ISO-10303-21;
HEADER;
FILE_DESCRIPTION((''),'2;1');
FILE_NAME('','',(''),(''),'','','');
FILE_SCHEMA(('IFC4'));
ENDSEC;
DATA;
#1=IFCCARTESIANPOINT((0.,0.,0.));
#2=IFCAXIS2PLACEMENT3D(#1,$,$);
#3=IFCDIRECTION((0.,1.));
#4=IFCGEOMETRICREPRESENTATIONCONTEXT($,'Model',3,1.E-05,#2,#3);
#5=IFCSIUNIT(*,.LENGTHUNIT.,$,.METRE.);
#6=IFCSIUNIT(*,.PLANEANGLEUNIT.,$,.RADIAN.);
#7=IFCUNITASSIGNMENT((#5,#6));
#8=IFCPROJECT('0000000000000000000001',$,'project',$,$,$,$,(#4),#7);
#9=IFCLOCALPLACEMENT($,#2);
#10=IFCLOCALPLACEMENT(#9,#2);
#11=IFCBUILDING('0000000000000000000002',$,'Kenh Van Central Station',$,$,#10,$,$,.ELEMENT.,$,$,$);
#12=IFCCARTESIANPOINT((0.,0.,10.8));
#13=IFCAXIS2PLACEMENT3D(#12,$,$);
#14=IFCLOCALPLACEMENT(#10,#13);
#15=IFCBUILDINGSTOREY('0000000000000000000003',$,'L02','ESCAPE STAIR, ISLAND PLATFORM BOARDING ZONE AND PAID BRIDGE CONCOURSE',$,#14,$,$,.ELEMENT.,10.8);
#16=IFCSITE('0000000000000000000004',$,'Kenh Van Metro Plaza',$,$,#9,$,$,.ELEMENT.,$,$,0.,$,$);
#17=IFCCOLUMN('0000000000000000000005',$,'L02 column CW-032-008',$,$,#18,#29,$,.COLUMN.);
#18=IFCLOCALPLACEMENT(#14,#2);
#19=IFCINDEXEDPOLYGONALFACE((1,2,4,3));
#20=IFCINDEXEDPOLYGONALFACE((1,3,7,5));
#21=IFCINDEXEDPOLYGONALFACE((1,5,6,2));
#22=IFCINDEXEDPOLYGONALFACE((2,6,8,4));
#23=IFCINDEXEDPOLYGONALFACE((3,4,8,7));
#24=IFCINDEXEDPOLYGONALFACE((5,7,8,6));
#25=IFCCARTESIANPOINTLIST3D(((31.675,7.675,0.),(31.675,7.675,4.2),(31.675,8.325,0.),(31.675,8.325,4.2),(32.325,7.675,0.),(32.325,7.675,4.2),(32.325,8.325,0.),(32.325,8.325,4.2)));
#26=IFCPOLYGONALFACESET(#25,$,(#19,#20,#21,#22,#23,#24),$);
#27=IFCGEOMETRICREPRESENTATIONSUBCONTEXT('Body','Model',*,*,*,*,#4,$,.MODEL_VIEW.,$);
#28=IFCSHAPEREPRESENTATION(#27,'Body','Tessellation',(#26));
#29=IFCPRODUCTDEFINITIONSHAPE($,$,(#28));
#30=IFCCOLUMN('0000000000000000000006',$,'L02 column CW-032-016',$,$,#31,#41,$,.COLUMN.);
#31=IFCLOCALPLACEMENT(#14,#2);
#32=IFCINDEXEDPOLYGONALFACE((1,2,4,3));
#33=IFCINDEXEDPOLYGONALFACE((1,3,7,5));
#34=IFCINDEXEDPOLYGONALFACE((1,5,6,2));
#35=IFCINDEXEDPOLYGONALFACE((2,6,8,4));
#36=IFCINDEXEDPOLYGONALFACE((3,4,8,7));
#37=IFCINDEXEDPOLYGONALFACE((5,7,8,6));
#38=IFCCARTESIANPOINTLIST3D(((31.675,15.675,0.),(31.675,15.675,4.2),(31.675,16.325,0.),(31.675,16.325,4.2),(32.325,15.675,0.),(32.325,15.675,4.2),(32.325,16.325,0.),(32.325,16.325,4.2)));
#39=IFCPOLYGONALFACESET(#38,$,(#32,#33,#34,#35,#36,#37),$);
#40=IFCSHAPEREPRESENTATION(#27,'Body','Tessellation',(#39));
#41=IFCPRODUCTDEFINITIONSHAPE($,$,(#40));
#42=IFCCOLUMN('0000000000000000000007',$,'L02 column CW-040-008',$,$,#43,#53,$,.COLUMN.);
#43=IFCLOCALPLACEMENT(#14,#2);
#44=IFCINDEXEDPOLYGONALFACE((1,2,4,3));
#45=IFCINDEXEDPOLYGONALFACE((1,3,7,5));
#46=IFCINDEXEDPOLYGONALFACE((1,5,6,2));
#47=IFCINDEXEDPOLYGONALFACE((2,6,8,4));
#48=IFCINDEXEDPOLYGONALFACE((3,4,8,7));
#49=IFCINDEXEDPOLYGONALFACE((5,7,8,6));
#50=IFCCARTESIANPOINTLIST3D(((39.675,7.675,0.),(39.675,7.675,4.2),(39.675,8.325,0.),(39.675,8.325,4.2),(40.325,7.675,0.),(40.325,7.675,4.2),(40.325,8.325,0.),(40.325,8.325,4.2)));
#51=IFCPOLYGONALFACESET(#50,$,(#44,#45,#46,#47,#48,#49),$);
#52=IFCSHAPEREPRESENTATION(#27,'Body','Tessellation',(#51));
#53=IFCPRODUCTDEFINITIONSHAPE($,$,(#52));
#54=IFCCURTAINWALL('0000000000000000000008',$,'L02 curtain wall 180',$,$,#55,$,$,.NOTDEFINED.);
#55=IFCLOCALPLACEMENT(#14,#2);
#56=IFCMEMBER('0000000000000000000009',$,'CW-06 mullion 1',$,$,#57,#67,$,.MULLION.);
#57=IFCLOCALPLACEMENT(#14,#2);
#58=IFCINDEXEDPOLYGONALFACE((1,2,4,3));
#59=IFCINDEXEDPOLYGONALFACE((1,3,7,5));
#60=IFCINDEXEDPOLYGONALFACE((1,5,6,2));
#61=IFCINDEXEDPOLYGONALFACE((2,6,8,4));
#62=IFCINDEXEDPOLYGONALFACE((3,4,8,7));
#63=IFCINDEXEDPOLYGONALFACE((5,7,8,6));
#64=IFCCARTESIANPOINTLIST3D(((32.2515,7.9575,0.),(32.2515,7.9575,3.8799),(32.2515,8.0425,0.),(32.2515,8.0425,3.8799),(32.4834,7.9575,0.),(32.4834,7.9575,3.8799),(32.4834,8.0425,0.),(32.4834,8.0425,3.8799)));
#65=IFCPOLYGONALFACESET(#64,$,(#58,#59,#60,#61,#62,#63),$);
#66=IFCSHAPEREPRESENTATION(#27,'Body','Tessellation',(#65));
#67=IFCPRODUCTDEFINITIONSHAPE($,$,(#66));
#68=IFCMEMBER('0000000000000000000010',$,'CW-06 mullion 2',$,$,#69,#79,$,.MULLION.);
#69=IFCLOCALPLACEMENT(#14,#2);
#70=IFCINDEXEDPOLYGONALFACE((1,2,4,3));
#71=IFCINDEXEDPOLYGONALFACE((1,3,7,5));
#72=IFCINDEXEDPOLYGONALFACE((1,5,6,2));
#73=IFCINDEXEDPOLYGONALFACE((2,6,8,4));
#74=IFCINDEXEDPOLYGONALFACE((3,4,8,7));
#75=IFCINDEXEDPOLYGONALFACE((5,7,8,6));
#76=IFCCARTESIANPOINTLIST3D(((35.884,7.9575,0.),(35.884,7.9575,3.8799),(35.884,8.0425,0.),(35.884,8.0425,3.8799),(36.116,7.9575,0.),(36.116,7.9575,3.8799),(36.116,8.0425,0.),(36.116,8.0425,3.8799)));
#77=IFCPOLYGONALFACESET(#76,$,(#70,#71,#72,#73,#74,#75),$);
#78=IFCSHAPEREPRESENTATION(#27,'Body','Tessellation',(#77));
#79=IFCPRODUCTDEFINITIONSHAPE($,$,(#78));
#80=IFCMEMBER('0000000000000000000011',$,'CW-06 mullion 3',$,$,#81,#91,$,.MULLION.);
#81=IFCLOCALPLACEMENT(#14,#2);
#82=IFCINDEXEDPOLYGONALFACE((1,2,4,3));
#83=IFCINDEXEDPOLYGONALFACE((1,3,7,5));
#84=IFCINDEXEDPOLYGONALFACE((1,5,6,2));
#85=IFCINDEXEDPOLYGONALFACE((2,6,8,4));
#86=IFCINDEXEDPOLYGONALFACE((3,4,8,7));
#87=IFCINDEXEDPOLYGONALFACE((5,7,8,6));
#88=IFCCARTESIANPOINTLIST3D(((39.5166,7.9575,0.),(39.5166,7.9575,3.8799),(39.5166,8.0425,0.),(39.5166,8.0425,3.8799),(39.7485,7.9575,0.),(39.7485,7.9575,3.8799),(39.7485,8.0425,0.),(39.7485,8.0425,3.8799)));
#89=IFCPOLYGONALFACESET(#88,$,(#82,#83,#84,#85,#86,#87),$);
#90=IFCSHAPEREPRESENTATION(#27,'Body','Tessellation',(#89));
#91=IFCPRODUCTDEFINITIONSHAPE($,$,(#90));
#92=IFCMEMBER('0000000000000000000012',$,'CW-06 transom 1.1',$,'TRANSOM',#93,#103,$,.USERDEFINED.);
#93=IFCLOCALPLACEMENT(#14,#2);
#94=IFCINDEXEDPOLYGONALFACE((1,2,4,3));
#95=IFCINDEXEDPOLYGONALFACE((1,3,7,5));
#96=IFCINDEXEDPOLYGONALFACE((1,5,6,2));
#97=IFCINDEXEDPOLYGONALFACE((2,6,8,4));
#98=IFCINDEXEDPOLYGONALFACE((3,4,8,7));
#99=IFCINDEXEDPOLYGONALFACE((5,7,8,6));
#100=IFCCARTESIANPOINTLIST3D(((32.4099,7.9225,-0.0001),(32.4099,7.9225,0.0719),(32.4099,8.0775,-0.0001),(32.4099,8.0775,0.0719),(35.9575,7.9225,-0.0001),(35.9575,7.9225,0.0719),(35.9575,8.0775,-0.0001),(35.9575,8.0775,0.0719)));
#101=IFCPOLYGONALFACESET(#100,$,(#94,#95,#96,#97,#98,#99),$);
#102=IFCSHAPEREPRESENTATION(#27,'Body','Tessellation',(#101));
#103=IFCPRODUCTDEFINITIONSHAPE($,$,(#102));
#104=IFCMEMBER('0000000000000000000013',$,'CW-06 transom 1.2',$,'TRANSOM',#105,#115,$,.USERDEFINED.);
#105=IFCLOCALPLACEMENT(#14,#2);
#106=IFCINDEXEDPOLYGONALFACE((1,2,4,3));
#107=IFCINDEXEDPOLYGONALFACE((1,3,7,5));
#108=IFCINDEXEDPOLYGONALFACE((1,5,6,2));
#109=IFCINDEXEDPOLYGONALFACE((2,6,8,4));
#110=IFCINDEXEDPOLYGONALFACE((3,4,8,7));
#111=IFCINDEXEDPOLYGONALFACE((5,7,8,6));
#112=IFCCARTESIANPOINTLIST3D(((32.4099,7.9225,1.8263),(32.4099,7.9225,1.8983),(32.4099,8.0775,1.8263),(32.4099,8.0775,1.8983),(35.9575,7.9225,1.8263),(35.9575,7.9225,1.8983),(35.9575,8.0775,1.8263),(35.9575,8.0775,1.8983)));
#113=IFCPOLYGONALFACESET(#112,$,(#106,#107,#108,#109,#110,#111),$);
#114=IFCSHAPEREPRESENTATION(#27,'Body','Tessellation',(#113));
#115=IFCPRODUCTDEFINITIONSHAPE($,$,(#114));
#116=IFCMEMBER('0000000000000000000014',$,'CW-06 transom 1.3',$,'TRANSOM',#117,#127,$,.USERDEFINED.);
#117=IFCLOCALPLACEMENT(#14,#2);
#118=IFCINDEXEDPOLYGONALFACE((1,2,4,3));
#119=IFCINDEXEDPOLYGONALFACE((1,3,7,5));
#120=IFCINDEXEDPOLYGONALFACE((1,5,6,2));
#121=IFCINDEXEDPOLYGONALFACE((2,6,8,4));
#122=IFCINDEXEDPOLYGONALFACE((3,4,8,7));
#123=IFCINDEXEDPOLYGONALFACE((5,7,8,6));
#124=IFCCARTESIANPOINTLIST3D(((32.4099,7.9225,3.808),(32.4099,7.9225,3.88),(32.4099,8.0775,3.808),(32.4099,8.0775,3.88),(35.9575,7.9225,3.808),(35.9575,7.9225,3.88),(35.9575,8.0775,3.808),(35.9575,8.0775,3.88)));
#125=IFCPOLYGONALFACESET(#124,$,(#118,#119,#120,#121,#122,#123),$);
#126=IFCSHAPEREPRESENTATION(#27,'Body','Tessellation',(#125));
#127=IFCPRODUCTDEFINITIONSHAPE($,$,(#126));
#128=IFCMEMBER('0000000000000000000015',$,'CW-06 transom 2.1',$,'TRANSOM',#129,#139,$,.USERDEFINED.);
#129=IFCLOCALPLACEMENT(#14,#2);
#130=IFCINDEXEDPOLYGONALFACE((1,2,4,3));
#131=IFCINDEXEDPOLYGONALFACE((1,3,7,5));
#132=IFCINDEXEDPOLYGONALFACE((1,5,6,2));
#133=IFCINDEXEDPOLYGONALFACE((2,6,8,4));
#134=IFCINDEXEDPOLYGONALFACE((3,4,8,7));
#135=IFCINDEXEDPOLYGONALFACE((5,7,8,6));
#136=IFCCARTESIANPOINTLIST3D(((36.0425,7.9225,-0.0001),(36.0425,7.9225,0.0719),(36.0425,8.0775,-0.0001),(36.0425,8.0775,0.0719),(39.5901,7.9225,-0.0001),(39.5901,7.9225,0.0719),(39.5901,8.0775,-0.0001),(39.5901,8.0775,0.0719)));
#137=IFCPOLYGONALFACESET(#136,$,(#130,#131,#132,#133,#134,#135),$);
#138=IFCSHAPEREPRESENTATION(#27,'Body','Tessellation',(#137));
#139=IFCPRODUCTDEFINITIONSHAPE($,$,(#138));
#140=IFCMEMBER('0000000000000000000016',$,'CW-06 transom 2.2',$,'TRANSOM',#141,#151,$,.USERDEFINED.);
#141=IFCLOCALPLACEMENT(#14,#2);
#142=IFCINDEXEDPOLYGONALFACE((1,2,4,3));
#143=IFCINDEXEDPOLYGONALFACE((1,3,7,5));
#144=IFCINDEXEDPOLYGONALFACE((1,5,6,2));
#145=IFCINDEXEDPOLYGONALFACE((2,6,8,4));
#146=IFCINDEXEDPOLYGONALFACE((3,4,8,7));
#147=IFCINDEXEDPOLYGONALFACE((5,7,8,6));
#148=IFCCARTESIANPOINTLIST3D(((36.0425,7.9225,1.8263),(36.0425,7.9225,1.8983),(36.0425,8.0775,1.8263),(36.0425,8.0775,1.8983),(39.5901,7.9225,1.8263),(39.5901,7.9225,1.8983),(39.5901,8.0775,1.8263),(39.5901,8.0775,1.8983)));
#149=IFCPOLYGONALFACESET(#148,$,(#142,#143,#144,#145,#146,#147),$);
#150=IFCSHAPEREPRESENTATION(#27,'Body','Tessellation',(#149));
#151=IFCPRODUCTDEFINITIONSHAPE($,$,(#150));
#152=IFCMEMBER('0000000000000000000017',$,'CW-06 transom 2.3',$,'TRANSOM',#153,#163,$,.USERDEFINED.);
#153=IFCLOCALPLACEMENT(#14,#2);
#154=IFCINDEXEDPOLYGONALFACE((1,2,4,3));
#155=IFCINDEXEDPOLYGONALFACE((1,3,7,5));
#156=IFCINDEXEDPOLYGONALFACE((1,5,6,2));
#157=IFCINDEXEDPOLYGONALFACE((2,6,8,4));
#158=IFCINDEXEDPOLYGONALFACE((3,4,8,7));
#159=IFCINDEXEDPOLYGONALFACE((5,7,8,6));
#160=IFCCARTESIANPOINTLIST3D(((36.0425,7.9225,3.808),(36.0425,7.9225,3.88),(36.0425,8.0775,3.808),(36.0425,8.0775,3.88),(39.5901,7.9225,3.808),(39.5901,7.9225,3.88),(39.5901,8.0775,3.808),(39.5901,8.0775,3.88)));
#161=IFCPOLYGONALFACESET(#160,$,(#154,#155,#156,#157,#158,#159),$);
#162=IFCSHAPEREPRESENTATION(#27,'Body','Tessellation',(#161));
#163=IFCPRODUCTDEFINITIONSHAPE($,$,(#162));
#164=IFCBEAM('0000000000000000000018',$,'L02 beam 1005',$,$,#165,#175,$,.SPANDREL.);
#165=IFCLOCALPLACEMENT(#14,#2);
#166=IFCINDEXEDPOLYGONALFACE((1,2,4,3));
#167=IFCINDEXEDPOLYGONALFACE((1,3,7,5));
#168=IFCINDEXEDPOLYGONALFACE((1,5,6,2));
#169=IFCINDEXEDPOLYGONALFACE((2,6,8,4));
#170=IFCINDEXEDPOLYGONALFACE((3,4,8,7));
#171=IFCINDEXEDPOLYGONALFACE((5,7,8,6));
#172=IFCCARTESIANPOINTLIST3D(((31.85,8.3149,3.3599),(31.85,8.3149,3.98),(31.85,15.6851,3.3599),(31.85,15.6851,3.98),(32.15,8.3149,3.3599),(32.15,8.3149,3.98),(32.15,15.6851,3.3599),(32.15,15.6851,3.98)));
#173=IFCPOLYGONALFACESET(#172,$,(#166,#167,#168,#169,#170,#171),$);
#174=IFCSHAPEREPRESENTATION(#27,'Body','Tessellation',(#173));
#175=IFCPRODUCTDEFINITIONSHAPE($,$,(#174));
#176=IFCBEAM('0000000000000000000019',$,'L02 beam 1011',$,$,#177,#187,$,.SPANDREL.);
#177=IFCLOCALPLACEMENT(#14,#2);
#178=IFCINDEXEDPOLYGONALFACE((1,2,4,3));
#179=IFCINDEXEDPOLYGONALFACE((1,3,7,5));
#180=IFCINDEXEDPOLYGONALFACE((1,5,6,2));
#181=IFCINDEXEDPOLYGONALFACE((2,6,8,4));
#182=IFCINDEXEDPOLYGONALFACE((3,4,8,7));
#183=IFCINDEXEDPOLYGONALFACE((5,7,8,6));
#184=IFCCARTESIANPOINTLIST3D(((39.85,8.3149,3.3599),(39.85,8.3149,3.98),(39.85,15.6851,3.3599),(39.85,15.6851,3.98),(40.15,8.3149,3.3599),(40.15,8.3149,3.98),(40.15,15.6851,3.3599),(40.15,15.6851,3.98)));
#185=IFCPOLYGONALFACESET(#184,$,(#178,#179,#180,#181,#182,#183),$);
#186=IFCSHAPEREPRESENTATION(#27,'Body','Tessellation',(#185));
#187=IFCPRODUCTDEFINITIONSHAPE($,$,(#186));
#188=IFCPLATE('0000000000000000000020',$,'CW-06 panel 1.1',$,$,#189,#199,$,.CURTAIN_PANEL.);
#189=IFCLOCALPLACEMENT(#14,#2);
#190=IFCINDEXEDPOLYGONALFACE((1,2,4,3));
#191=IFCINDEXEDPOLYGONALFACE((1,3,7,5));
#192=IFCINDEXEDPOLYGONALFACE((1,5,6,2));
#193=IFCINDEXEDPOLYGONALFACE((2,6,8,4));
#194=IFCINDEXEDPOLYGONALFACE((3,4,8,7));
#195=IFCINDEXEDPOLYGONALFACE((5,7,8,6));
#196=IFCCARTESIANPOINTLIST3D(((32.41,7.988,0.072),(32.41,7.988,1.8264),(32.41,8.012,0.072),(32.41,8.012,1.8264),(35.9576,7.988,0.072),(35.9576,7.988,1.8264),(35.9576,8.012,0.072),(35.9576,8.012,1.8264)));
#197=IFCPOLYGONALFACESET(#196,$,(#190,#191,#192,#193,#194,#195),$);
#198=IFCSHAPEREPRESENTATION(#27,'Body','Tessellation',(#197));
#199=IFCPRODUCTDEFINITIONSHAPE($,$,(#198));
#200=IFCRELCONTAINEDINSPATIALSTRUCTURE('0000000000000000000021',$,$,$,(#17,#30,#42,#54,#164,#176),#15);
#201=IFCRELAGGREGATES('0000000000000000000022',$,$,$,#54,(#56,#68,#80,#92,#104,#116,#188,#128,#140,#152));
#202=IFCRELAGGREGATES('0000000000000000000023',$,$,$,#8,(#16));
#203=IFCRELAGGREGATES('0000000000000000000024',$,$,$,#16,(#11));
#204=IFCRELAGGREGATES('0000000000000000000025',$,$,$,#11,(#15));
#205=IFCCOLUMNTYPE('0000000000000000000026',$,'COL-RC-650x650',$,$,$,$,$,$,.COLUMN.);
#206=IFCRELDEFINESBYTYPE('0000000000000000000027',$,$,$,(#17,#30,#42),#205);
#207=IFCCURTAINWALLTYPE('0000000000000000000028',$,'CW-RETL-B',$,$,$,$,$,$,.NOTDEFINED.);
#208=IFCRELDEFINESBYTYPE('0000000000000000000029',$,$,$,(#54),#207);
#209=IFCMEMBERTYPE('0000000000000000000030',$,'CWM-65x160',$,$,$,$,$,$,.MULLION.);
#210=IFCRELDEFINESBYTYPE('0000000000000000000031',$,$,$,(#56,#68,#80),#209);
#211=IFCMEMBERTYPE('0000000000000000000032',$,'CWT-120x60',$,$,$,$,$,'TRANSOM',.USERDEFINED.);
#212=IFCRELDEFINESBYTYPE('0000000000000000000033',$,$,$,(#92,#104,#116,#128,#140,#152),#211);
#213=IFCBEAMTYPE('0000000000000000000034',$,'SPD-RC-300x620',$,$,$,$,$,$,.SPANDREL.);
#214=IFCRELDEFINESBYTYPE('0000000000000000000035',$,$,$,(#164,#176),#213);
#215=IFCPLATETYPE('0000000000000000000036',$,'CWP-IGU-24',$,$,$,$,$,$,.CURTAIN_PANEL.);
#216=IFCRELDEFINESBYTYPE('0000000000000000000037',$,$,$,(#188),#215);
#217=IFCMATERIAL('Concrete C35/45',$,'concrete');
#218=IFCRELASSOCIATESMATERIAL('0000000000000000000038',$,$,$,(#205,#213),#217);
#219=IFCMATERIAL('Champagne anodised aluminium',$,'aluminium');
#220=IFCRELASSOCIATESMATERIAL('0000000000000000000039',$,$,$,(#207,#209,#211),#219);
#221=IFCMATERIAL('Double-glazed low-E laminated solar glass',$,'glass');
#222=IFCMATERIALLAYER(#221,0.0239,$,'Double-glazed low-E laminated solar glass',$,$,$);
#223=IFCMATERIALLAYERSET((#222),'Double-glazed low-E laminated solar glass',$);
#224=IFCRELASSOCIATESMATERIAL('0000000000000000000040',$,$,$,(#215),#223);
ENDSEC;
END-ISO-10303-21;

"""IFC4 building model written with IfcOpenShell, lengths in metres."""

from ifc_helpers import new_model, si_unit, direction, frame, origin, origin_2d, place, context, subcontext, project, spatial, rectangle, extrude, material, layer, layer_set, material_profile, profile_set, type_object, element, aggregate, save


model = new_model("IFC4")

# Units and contexts
model_context = context("Model", 3, precision=1e-05, world=origin(), true_north=direction((0.0, 1.0)))
body_context = subcontext(model_context, "Body", "Model", "MODEL_VIEW")
ifc_project = project(units=[si_unit("LENGTHUNIT", "METRE"), si_unit("PLANEANGLEUNIT", "RADIAN")], contexts=[model_context])

# Site, building, storey
site_placement = place(None, origin())
site = spatial("IfcSite", under=ifc_project, at=site_placement, Name="Kenh Van Metro Plaza", CompositionType="ELEMENT", RefElevation=0.0)
building_placement = place(site_placement, origin())
building = spatial("IfcBuilding", under=site, at=building_placement, Name="Kenh Van Central Station", CompositionType="ELEMENT")
storey_placement = place(building_placement, frame((0.0, 0.0, 10.8)))
storey = spatial("IfcBuildingStorey", under=building, at=storey_placement, Name="L02", Description="ESCAPE STAIR, ISLAND PLATFORM BOARDING ZONE AND PAID BRIDGE CONCOURSE", CompositionType="ELEMENT", Elevation=10.8)

# Columns
ifc_material_1 = material(Name="Concrete C35/45", Category="concrete")
ifc_material_profile_1 = material_profile(ifc_material_1, rectangle(XDim=0.6499, YDim=0.6499, at=origin_2d()), Name="RC 650x650")
ifc_profile_set_1 = profile_set([ifc_material_profile_1], Name="Concrete C35/45")
column_type = type_object("IfcColumnType", Name="COL-RC-650x650", PredefinedType="COLUMN", material=ifc_profile_set_1)
for number, where, z_axis, x_axis, name in (
    (1, (32.0, 8.0, 0.0), (0.0, 0.0, 1.0), (1.0, 0.0, 0.0), "L02 column CW-032-008"),
    (2, (32.0, 16.0, 0.0), (0.0, 0.0, 1.0), (1.0, 0.0, 0.0), "L02 column CW-032-016"),
    (3, (40.0, 8.0, 0.0), (0.0, 0.0, 1.0), (1.0, 0.0, 0.0), "L02 column CW-040-008"),
):
    element("IfcColumn", number, at=place(storey_placement, frame(where, z_axis=z_axis, x_axis=x_axis)), inside=storey, type_object=column_type, Name=name, PredefinedType="COLUMN", context=body_context, shape_type="SweptSolid", body=[
        extrude(rectangle(XDim=0.6499, YDim=0.6499, at=origin_2d()), origin(), (0.0, 0.0, 1.0), 4.2),
    ])

# Curtain wall, members
ifc_material_2 = material(Name="Champagne anodised aluminium", Category="aluminium")
curtain_wall_type = type_object("IfcCurtainWallType", Name="CW-RETL-B", PredefinedType="NOTDEFINED", material=ifc_material_2)
curtain_wall_placement = place(storey_placement, origin())
curtain_wall = element("IfcCurtainWall", 4, at=curtain_wall_placement, inside=storey, type_object=curtain_wall_type, Name="L02 curtain wall 180", PredefinedType="NOTDEFINED")
ifc_material_profile_2 = material_profile(ifc_material_2, rectangle(XDim=0.085, YDim=0.2319, at=origin_2d()), Name="AL 85x232")
ifc_profile_set_2 = profile_set([ifc_material_profile_2], Name="Champagne anodised aluminium")
member_type_1 = type_object("IfcMemberType", Name="CWM-65x160", PredefinedType="MULLION", material=ifc_profile_set_2)
member_1_placement = place(storey_placement, frame((32.3674, 8.0, 0.0), z_axis=(0.0, 0.0, 1.0), x_axis=(0.0, 1.0, 0.0)))
member_1 = element("IfcMember", 5, at=member_1_placement, type_object=member_type_1, Name="CW-06 mullion 1", PredefinedType="MULLION", context=body_context, shape_type="SweptSolid", body=[
    extrude(rectangle(XDim=0.085, YDim=0.2319, at=origin_2d()), origin(), (0.0, 0.0, 1.0), 3.8799),
])
member_2_placement = place(storey_placement, frame((36.0, 8.0, 0.0), z_axis=(0.0, 0.0, 1.0), x_axis=(0.0, 1.0, 0.0)))
member_2 = element("IfcMember", 6, at=member_2_placement, type_object=member_type_1, Name="CW-06 mullion 2", PredefinedType="MULLION", context=body_context, shape_type="SweptSolid", body=[
    extrude(rectangle(XDim=0.085, YDim=0.2319, at=origin_2d()), origin(), (0.0, 0.0, 1.0), 3.8799),
])
member_3_placement = place(storey_placement, frame((39.6326, 8.0, 0.0), z_axis=(0.0, 0.0, 1.0), x_axis=(0.0, 1.0, 0.0)))
member_3 = element("IfcMember", 7, at=member_3_placement, type_object=member_type_1, Name="CW-06 mullion 3", PredefinedType="MULLION", context=body_context, shape_type="SweptSolid", body=[
    extrude(rectangle(XDim=0.085, YDim=0.2319, at=origin_2d()), origin(), (0.0, 0.0, 1.0), 3.8799),
])
ifc_material_profile_3 = material_profile(ifc_material_2, rectangle(XDim=0.155, YDim=0.072, at=origin_2d()), Name="AL 155x72")
ifc_profile_set_3 = profile_set([ifc_material_profile_3], Name="Champagne anodised aluminium")
member_type_2 = type_object("IfcMemberType", Name="CWT-120x60", ElementType="TRANSOM", PredefinedType="USERDEFINED", material=ifc_profile_set_3)
member_4_placement = place(storey_placement, frame((32.4099, 8.0, 0.0359), z_axis=(1.0, 0.0, 0.0), x_axis=(0.0, 1.0, 0.0)))
member_4 = element("IfcMember", 8, at=member_4_placement, type_object=member_type_2, Name="CW-06 transom 1.1", ObjectType="TRANSOM", PredefinedType="USERDEFINED", context=body_context, shape_type="SweptSolid", body=[
    extrude(rectangle(XDim=0.155, YDim=0.072, at=origin_2d()), origin(), (0.0, 0.0, 1.0), 3.5476),
])
member_5_placement = place(storey_placement, frame((32.4099, 8.0, 1.8623), z_axis=(1.0, 0.0, 0.0), x_axis=(0.0, 1.0, 0.0)))
member_5 = element("IfcMember", 9, at=member_5_placement, type_object=member_type_2, Name="CW-06 transom 1.2", ObjectType="TRANSOM", PredefinedType="USERDEFINED", context=body_context, shape_type="SweptSolid", body=[
    extrude(rectangle(XDim=0.155, YDim=0.072, at=origin_2d()), origin(), (0.0, 0.0, 1.0), 3.5476),
])
member_6_placement = place(storey_placement, frame((32.4099, 8.0, 3.844), z_axis=(1.0, 0.0, 0.0), x_axis=(0.0, 1.0, 0.0)))
member_6 = element("IfcMember", 10, at=member_6_placement, type_object=member_type_2, Name="CW-06 transom 1.3", ObjectType="TRANSOM", PredefinedType="USERDEFINED", context=body_context, shape_type="SweptSolid", body=[
    extrude(rectangle(XDim=0.155, YDim=0.072, at=origin_2d()), origin(), (0.0, 0.0, 1.0), 3.5476),
])
member_7_placement = place(storey_placement, frame((36.0425, 8.0, 0.0359), z_axis=(1.0, 0.0, 0.0), x_axis=(0.0, 1.0, 0.0)))
member_7 = element("IfcMember", 11, at=member_7_placement, type_object=member_type_2, Name="CW-06 transom 2.1", ObjectType="TRANSOM", PredefinedType="USERDEFINED", context=body_context, shape_type="SweptSolid", body=[
    extrude(rectangle(XDim=0.155, YDim=0.072, at=origin_2d()), origin(), (0.0, 0.0, 1.0), 3.5476),
])
member_8_placement = place(storey_placement, frame((36.0425, 8.0, 1.8623), z_axis=(1.0, 0.0, 0.0), x_axis=(0.0, 1.0, 0.0)))
member_8 = element("IfcMember", 12, at=member_8_placement, type_object=member_type_2, Name="CW-06 transom 2.2", ObjectType="TRANSOM", PredefinedType="USERDEFINED", context=body_context, shape_type="SweptSolid", body=[
    extrude(rectangle(XDim=0.155, YDim=0.072, at=origin_2d()), origin(), (0.0, 0.0, 1.0), 3.5476),
])
member_9_placement = place(storey_placement, frame((36.0425, 8.0, 3.844), z_axis=(1.0, 0.0, 0.0), x_axis=(0.0, 1.0, 0.0)))
member_9 = element("IfcMember", 13, at=member_9_placement, type_object=member_type_2, Name="CW-06 transom 2.3", ObjectType="TRANSOM", PredefinedType="USERDEFINED", context=body_context, shape_type="SweptSolid", body=[
    extrude(rectangle(XDim=0.155, YDim=0.072, at=origin_2d()), origin(), (0.0, 0.0, 1.0), 3.5476),
])

# Beams
ifc_material_profile_4 = material_profile(ifc_material_1, rectangle(XDim=0.3, YDim=0.6201, at=origin_2d()), Name="RC 300x620")
ifc_profile_set_4 = profile_set([ifc_material_profile_4], Name="Concrete C35/45")
beam_type = type_object("IfcBeamType", Name="SPD-RC-300x620", PredefinedType="SPANDREL", material=ifc_profile_set_4)
for number, where, z_axis, x_axis, name in (
    (14, (32.0, 8.3149, 3.6699), (0.0, 1.0, 0.0), (-1.0, 0.0, 0.0), "L02 beam 1005"),
    (15, (40.0, 8.3149, 3.6699), (0.0, 1.0, 0.0), (-1.0, 0.0, 0.0), "L02 beam 1011"),
):
    element("IfcBeam", number, at=place(storey_placement, frame(where, z_axis=z_axis, x_axis=x_axis)), inside=storey, type_object=beam_type, Name=name, PredefinedType="SPANDREL", context=body_context, shape_type="SweptSolid", body=[
        extrude(rectangle(XDim=0.3, YDim=0.6201, at=origin_2d()), origin(), (0.0, 0.0, 1.0), 7.3701),
    ])

# Plate
ifc_material_3 = material(Name="Double-glazed low-E laminated solar glass", Category="glass")
ifc_layer_1 = layer(ifc_material_3, 0.0239, Name="Double-glazed low-E laminated solar glass")
ifc_layer_set_1 = layer_set([ifc_layer_1], Name="Double-glazed low-E laminated solar glass")
plate_type = type_object("IfcPlateType", Name="CWP-IGU-24", PredefinedType="CURTAIN_PANEL", material=ifc_layer_set_1)
plate_1_placement = place(storey_placement, frame((34.1838, 8.0, 0.072), z_axis=(0.0, 0.0, 1.0), x_axis=(1.0, 0.0, 0.0)))
plate_1 = element("IfcPlate", 16, at=plate_1_placement, type_object=plate_type, Name="CW-06 panel 1.1", PredefinedType="CURTAIN_PANEL", context=body_context, shape_type="SweptSolid", body=[
    extrude(rectangle(XDim=3.5476, YDim=0.0239, at=origin_2d()), origin(), (0.0, 0.0, 1.0), 1.7544),
])
aggregate(curtain_wall, [member_1, member_2, member_3, member_4, member_5, member_6, plate_1, member_7, member_8, member_9])

save(model, "model.ifc")
